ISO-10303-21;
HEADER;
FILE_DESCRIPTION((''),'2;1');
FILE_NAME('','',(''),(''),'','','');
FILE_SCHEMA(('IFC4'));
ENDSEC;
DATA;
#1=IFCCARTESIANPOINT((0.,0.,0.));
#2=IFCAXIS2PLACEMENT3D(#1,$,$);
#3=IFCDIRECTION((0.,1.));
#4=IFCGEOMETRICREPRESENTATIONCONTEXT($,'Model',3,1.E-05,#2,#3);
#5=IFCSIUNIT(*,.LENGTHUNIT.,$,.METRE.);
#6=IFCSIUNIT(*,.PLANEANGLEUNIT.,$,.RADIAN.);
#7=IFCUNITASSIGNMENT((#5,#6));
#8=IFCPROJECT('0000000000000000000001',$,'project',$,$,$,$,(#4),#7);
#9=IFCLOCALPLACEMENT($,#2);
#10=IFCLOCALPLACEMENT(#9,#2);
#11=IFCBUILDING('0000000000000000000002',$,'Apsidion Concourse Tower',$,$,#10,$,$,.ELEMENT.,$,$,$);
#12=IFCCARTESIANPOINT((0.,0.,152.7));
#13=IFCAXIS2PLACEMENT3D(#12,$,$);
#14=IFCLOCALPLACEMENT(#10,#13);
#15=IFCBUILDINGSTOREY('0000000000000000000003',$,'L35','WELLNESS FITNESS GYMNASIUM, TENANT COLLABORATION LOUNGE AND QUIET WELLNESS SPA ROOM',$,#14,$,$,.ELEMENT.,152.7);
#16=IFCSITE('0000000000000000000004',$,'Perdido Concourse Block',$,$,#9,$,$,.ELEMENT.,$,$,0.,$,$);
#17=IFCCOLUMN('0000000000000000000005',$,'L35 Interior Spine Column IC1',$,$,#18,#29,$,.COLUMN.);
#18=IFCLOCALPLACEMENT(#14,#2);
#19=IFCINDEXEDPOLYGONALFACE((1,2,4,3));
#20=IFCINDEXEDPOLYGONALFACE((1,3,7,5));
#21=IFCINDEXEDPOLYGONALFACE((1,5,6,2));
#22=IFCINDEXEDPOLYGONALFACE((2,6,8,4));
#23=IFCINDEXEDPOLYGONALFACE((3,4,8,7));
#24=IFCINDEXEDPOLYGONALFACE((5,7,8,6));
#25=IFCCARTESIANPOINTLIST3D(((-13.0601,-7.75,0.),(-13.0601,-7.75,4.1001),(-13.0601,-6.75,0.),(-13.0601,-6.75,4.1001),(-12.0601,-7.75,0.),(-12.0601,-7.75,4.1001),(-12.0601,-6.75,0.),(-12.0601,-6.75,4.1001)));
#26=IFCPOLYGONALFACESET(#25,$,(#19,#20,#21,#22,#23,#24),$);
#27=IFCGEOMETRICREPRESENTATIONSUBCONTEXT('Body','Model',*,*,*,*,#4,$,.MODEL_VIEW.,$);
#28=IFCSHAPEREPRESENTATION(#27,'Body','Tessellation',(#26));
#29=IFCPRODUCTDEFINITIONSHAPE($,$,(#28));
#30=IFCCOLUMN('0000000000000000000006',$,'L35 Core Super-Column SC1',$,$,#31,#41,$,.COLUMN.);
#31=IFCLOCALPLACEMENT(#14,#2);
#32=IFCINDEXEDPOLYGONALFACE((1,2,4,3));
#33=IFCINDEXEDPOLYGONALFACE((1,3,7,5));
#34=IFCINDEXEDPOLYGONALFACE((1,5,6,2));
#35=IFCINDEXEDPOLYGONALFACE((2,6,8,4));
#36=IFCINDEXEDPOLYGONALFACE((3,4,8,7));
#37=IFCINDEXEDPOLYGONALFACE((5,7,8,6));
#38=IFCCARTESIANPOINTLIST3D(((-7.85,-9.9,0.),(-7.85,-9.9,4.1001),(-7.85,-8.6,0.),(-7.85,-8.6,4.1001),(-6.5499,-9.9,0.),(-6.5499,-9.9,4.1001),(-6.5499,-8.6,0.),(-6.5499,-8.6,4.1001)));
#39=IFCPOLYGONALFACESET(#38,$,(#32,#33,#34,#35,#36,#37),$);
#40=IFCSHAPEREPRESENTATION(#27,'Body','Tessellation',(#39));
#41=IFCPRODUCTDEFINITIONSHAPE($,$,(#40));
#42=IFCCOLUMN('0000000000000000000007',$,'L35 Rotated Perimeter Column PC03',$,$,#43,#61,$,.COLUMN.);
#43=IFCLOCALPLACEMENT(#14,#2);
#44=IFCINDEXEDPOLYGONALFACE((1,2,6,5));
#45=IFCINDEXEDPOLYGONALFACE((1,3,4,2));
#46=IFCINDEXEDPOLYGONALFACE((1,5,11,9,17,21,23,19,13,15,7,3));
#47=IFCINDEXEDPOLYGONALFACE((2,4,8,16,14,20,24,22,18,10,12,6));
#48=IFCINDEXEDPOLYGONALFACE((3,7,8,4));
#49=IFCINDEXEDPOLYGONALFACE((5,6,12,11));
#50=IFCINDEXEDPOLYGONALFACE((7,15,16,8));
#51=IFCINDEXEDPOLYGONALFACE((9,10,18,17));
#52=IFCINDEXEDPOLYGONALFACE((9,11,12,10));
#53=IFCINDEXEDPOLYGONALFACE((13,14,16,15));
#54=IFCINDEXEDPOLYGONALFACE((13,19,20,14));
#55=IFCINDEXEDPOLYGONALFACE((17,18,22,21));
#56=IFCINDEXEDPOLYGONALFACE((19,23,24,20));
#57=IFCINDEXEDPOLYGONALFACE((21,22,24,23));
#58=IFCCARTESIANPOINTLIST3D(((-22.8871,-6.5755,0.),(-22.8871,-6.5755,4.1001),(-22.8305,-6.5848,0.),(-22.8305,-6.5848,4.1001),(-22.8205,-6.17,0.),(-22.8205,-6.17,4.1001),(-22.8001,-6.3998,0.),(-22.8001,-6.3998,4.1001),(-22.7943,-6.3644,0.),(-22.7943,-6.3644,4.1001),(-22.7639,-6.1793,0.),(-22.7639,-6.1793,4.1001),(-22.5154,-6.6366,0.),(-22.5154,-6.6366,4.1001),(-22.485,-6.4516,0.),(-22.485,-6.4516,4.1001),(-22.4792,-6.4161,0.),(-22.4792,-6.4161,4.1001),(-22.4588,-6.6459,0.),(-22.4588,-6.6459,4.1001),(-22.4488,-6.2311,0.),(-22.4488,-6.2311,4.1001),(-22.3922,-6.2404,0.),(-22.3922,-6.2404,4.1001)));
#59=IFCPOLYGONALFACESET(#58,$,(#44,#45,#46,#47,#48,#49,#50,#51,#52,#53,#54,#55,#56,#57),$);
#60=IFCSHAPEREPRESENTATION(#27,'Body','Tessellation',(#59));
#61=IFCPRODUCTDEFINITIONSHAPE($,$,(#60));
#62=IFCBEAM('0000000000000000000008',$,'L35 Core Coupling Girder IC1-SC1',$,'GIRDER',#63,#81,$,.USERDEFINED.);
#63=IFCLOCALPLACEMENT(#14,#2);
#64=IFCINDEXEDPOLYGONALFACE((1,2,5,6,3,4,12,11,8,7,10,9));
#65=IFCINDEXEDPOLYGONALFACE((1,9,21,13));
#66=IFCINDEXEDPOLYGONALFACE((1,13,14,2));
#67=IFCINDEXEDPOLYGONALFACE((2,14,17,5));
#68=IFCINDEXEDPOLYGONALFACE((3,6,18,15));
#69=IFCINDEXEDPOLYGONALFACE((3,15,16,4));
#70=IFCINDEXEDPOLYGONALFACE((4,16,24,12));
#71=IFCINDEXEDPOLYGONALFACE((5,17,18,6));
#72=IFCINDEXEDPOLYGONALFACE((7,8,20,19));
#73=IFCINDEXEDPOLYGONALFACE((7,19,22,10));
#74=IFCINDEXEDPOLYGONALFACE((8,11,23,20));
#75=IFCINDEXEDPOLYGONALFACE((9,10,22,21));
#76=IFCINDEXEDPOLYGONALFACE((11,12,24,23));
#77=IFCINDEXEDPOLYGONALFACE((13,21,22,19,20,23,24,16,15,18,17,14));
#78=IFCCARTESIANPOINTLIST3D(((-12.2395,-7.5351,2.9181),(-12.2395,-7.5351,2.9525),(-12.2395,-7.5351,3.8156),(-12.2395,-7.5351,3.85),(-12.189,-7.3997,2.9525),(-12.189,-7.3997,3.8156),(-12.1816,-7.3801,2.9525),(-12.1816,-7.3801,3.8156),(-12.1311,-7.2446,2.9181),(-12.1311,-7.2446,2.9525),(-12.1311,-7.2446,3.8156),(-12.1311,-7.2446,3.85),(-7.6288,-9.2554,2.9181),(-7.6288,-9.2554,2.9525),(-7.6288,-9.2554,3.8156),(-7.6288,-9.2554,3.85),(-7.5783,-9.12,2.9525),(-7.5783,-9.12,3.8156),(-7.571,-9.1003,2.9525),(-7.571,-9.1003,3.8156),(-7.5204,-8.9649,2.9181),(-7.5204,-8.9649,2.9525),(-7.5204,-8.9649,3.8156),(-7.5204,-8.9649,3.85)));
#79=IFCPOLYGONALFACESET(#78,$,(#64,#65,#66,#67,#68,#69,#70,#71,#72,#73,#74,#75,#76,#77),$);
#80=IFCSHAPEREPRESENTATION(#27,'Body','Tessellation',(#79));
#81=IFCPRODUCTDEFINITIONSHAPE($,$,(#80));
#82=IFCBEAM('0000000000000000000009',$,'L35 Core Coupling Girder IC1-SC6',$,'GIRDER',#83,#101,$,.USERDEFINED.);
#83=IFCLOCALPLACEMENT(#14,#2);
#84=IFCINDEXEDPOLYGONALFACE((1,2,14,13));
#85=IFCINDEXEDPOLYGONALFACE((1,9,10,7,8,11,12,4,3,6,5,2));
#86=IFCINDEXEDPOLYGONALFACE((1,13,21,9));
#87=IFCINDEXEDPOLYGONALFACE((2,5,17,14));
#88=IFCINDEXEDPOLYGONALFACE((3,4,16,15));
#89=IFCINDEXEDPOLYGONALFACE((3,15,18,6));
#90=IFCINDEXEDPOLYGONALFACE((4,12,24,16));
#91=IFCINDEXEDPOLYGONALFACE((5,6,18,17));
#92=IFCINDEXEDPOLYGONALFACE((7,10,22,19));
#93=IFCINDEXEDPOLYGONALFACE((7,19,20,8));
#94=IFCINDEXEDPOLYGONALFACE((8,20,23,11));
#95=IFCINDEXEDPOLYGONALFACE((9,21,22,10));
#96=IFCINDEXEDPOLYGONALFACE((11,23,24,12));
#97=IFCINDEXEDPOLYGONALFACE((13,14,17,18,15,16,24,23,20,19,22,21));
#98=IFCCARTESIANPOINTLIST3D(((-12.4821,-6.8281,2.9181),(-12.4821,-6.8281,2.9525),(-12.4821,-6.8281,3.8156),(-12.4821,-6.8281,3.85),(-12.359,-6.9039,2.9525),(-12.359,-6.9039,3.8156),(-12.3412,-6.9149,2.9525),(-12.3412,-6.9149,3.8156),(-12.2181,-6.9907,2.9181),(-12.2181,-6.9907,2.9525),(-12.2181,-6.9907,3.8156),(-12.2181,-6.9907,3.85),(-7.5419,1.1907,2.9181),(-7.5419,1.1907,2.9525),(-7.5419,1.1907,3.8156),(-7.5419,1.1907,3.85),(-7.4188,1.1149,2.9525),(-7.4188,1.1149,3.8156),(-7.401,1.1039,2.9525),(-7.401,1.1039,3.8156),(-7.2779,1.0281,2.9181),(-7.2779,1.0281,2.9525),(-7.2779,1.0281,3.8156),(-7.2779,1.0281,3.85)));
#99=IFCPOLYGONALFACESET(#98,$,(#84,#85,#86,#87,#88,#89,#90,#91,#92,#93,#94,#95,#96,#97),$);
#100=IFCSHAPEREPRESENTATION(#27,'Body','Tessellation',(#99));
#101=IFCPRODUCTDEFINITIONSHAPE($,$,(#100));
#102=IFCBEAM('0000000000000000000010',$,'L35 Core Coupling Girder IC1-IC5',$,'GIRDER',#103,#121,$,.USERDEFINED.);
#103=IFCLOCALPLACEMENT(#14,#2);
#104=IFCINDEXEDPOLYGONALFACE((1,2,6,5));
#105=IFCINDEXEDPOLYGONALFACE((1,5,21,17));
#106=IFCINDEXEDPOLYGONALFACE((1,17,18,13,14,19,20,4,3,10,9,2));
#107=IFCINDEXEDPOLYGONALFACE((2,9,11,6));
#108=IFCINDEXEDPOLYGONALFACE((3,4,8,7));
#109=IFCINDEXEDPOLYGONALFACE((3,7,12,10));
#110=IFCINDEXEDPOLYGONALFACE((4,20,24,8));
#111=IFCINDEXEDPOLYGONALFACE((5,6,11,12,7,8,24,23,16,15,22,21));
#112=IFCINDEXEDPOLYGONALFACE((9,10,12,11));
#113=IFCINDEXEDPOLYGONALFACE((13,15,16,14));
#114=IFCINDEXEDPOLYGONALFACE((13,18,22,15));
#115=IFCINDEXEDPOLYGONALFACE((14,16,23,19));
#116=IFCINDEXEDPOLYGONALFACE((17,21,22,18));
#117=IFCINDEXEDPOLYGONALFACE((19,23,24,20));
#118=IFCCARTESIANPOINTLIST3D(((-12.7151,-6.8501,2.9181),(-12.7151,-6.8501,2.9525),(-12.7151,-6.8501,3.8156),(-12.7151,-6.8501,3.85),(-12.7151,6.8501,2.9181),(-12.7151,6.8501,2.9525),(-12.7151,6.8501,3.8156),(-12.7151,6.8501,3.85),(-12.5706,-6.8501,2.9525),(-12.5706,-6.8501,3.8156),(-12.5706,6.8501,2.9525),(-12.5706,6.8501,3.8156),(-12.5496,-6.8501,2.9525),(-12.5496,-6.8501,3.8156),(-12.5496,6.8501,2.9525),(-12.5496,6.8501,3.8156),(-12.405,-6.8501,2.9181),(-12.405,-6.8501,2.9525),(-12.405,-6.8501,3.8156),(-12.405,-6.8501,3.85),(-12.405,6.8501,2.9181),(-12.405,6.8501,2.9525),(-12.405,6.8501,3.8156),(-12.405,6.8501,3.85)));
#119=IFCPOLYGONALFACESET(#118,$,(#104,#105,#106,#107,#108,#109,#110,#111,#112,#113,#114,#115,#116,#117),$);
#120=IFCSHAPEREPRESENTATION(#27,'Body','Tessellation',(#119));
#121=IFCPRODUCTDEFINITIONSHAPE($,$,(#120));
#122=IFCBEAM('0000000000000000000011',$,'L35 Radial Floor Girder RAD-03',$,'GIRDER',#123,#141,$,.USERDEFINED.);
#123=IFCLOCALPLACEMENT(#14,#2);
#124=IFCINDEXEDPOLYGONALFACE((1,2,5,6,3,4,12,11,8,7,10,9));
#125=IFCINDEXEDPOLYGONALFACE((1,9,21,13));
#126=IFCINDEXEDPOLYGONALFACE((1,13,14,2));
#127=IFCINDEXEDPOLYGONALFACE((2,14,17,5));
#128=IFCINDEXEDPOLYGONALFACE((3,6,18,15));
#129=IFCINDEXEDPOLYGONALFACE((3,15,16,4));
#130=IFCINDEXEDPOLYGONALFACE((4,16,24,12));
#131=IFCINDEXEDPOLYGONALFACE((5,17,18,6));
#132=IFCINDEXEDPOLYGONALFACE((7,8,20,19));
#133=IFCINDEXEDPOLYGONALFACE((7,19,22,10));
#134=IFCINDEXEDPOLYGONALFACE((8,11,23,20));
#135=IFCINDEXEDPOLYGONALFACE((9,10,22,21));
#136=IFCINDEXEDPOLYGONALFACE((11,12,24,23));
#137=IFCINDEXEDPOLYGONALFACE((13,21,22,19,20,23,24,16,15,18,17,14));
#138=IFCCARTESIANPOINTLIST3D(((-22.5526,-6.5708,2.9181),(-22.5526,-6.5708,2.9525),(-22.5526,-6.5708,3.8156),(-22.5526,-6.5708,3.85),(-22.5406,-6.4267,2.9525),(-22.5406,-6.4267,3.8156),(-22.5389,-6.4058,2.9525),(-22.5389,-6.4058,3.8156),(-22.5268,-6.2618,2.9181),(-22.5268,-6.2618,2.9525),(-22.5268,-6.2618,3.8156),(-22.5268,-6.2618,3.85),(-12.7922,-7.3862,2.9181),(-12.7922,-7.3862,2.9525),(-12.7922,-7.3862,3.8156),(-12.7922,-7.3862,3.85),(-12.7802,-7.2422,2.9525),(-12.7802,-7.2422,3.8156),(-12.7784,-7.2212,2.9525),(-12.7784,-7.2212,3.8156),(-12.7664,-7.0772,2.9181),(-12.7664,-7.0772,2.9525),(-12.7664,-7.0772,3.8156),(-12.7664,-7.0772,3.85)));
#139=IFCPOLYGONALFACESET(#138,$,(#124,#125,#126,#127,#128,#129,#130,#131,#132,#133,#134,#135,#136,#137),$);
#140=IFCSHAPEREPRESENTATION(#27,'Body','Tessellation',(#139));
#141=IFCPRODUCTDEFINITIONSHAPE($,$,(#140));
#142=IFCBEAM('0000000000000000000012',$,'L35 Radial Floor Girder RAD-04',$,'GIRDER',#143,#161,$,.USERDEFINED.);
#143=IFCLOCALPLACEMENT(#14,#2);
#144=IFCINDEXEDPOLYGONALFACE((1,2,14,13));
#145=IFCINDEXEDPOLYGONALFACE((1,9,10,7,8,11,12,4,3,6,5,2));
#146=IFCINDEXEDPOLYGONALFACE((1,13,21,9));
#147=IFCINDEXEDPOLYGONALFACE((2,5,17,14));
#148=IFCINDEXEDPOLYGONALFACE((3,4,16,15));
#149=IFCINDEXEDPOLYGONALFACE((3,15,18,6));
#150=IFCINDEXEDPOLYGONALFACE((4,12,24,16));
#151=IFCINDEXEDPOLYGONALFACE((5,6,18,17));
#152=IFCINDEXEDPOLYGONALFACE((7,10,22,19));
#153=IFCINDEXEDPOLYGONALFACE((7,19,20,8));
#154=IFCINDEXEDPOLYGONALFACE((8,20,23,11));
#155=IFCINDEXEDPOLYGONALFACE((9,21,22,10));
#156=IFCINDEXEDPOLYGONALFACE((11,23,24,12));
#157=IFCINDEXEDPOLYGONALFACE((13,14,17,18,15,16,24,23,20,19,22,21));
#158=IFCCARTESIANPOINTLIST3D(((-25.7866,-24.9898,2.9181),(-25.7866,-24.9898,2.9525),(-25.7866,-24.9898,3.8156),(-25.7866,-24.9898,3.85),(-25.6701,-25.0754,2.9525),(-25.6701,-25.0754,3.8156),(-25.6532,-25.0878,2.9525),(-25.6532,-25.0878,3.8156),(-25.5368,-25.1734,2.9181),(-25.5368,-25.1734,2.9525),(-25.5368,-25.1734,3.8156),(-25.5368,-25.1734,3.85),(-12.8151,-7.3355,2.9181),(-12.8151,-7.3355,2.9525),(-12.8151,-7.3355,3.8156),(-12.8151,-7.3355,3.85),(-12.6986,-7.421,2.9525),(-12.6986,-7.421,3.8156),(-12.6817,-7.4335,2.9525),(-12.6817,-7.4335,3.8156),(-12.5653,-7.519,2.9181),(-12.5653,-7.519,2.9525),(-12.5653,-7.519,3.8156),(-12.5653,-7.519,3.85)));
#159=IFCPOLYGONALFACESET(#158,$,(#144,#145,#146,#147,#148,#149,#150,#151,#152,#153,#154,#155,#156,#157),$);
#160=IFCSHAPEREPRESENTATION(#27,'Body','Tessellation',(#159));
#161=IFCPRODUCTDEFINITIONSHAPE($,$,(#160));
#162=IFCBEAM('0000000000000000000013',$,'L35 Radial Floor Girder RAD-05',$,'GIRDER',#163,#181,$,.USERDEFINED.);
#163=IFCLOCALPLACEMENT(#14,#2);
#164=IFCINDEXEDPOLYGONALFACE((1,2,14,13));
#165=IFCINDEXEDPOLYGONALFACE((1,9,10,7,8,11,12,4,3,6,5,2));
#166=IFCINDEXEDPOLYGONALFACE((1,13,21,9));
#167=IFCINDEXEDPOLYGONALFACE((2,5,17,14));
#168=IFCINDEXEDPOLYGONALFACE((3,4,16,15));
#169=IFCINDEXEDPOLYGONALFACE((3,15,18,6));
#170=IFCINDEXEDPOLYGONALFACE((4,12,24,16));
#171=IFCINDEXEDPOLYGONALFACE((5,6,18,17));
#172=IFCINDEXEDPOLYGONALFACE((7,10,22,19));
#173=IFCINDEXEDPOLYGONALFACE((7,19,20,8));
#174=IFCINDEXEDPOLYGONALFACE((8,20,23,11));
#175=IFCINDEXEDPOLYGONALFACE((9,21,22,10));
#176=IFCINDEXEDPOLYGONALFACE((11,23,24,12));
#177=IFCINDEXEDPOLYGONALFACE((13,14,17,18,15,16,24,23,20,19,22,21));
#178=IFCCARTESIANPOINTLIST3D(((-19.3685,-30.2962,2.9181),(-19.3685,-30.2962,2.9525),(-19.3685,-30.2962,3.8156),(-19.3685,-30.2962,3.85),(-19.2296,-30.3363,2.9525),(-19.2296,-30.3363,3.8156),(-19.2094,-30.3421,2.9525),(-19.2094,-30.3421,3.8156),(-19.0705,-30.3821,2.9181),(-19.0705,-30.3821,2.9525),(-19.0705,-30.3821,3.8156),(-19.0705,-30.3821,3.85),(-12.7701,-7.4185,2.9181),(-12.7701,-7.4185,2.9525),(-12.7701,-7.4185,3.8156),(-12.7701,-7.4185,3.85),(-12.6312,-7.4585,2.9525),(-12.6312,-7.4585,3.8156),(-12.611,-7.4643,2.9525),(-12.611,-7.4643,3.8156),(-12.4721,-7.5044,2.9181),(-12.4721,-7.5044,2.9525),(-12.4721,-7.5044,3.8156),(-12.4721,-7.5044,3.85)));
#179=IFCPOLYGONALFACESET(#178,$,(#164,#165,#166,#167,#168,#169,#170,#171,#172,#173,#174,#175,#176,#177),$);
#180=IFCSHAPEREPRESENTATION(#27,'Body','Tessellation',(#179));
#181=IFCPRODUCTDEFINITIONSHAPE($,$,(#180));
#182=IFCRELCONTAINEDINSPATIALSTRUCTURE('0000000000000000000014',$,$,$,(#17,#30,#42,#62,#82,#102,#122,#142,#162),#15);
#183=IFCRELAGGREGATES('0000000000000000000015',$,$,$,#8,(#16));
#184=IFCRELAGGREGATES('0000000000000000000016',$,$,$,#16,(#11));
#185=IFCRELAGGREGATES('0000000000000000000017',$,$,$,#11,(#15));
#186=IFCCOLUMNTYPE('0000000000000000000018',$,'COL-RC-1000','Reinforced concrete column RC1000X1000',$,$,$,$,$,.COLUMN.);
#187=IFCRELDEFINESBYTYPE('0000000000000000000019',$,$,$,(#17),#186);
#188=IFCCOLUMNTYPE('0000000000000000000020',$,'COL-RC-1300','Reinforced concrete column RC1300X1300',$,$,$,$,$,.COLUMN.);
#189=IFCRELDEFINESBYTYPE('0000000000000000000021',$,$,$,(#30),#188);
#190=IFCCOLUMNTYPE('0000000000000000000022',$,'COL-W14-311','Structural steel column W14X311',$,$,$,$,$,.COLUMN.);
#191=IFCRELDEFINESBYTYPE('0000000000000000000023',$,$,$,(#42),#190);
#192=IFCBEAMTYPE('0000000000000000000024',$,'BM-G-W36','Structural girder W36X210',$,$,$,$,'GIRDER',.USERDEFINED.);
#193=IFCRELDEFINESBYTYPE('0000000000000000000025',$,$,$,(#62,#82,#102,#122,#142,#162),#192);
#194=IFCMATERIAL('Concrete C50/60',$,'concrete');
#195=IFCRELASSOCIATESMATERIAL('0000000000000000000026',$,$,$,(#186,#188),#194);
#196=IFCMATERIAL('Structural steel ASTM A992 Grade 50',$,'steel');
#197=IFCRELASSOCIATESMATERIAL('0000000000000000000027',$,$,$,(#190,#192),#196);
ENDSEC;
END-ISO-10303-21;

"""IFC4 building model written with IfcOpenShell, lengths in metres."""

from ifc_helpers import new_model, si_unit, direction, frame, origin, origin_2d, place, context, subcontext, project, spatial, rectangle, i_section, extrude, material, material_profile, profile_set, type_object, element, save


model = new_model("IFC4")

# Units and contexts
model_context = context("Model", 3, precision=1e-05, world=origin(), true_north=direction((0.0, 1.0)))
body_context = subcontext(model_context, "Body", "Model", "MODEL_VIEW")
ifc_project = project(units=[si_unit("LENGTHUNIT", "METRE"), si_unit("PLANEANGLEUNIT", "RADIAN")], contexts=[model_context])

# Site, building, storey
site_placement = place(None, origin())
site = spatial("IfcSite", under=ifc_project, at=site_placement, Name="Perdido Concourse Block", CompositionType="ELEMENT", RefElevation=0.0)
building_placement = place(site_placement, origin())
building = spatial("IfcBuilding", under=site, at=building_placement, Name="Apsidion Concourse Tower", CompositionType="ELEMENT")
storey_placement = place(building_placement, frame((0.0, 0.0, 152.7)))
storey = spatial("IfcBuildingStorey", under=building, at=storey_placement, Name="L35", Description="WELLNESS FITNESS GYMNASIUM, TENANT COLLABORATION LOUNGE AND QUIET WELLNESS SPA ROOM", CompositionType="ELEMENT", Elevation=152.7)

# Columns
ifc_material_1 = material(Name="Concrete C50/60", Category="concrete")
ifc_material_profile_1 = material_profile(ifc_material_1, rectangle(XDim=1.0, YDim=1.0, at=origin_2d()), Name="RC 1000x1000")
ifc_profile_set_1 = profile_set([ifc_material_profile_1], Name="Concrete C50/60")
column_type_1 = type_object("IfcColumnType", Name="COL-RC-1000", Description="Reinforced concrete column RC1000X1000", PredefinedType="COLUMN", material=ifc_profile_set_1)
column_1_placement = place(storey_placement, frame((-12.5601, -7.25, 0.0), z_axis=(0.0, 0.0, 1.0), x_axis=(1.0, 0.0, 0.0)))
element("IfcColumn", 1, at=column_1_placement, inside=storey, type_object=column_type_1, Name="L35 Interior Spine Column IC1", PredefinedType="COLUMN", context=body_context, shape_type="SweptSolid", body=[
    extrude(rectangle(XDim=1.0, YDim=1.0, at=origin_2d()), origin(), (0.0, 0.0, 1.0), 4.1001),
])
ifc_material_profile_2 = material_profile(ifc_material_1, rectangle(XDim=1.3, YDim=1.3, at=origin_2d()), Name="RC 1300x1300")
ifc_profile_set_2 = profile_set([ifc_material_profile_2], Name="Concrete C50/60")
column_type_2 = type_object("IfcColumnType", Name="COL-RC-1300", Description="Reinforced concrete column RC1300X1300", PredefinedType="COLUMN", material=ifc_profile_set_2)
column_2_placement = place(storey_placement, frame((-7.2, -9.25, 0.0), z_axis=(0.0, 0.0, 1.0), x_axis=(1.0, 0.0, 0.0)))
element("IfcColumn", 2, at=column_2_placement, inside=storey, type_object=column_type_2, Name="L35 Core Super-Column SC1", PredefinedType="COLUMN", context=body_context, shape_type="SweptSolid", body=[
    extrude(rectangle(XDim=1.3, YDim=1.3, at=origin_2d()), origin(), (0.0, 0.0, 1.0), 4.1001),
])
ifc_material_2 = material(Name="Structural steel ASTM A992 Grade 50", Category="steel")
ifc_material_profile_3 = material_profile(ifc_material_2, i_section(OverallWidth=0.4109, OverallDepth=0.4341, WebThickness=0.0359, FlangeThickness=0.0574, at=origin_2d()), Name="W14X311")
ifc_profile_set_3 = profile_set([ifc_material_profile_3], Name="Structural steel ASTM A992 Grade 50")
column_type_3 = type_object("IfcColumnType", Name="COL-W14-311", Description="Structural steel column W14X311", PredefinedType="COLUMN", material=ifc_profile_set_3)
column_3_placement = place(storey_placement, frame((-22.6396, -6.408, 0.0), z_axis=(0.0, 0.0, 1.0), x_axis=(0.162121, 0.986771, 0.0)))
element("IfcColumn", 3, at=column_3_placement, inside=storey, type_object=column_type_3, Name="L35 Rotated Perimeter Column PC03", PredefinedType="COLUMN", context=body_context, shape_type="SweptSolid", body=[
    extrude(i_section(OverallWidth=0.4109, OverallDepth=0.4341, WebThickness=0.0359, FlangeThickness=0.0574, at=origin_2d()), origin(), (0.0, 0.0, 1.0), 4.1001),
])

# Beams
ifc_material_profile_4 = material_profile(ifc_material_2, i_section(OverallWidth=0.3101, OverallDepth=0.9319, WebThickness=0.021, FlangeThickness=0.0344, at=origin_2d()), Name="W36X210")
ifc_profile_set_4 = profile_set([ifc_material_profile_4], Name="Structural steel ASTM A992 Grade 50")
beam_type_1 = type_object("IfcBeamType", Name="BM-G-W36", Description="Structural girder W36X210", ElementType="GIRDER", PredefinedType="USERDEFINED", material=ifc_profile_set_4)
beam_1_placement = place(storey_placement, frame((-12.1853, -7.3899, 3.384), z_axis=(0.936913, -0.349563, 0.0), x_axis=(0.349563, 0.936913, 0.0)))
element("IfcBeam", 4, at=beam_1_placement, inside=storey, type_object=beam_type_1, Name="L35 Core Coupling Girder IC1-SC1", ObjectType="GIRDER", PredefinedType="USERDEFINED", context=body_context, shape_type="SweptSolid", body=[
    extrude(i_section(OverallWidth=0.3101, OverallDepth=0.9319, WebThickness=0.021, FlangeThickness=0.0344, at=origin_2d()), origin(), (0.0, 0.0, 1.0), 4.9211),
])
beam_2_placement = place(storey_placement, frame((-12.3501, -6.9094, 3.384), z_axis=(0.524524, 0.851396, 0.0), x_axis=(-0.851396, 0.524524, 0.0)))
element("IfcBeam", 5, at=beam_2_placement, inside=storey, type_object=beam_type_1, Name="L35 Core Coupling Girder IC1-SC6", ObjectType="GIRDER", PredefinedType="USERDEFINED", context=body_context, shape_type="SweptSolid", body=[
    extrude(i_section(OverallWidth=0.3101, OverallDepth=0.9319, WebThickness=0.021, FlangeThickness=0.0344, at=origin_2d()), origin(), (0.0, 0.0, 1.0), 9.4185),
])
beam_3_placement = place(storey_placement, frame((-12.5601, -6.8501, 3.384), z_axis=(0.0, 1.0, 0.0), x_axis=(-1.0, 0.0, 0.0)))
element("IfcBeam", 6, at=beam_3_placement, inside=storey, type_object=beam_type_1, Name="L35 Core Coupling Girder IC1-IC5", ObjectType="GIRDER", PredefinedType="USERDEFINED", context=body_context, shape_type="SweptSolid", body=[
    extrude(i_section(OverallWidth=0.3101, OverallDepth=0.9319, WebThickness=0.021, FlangeThickness=0.0344, at=origin_2d()), origin(), (0.0, 0.0, 1.0), 13.7002),
])
beam_4_placement = place(storey_placement, frame((-12.7793, -7.2317, 3.384), z_axis=(-0.996528, 0.083254, 0.0), x_axis=(-0.083254, -0.996528, 0.0)))
element("IfcBeam", 7, at=beam_4_placement, inside=storey, type_object=beam_type_1, Name="L35 Radial Floor Girder RAD-03", ObjectType="GIRDER", PredefinedType="USERDEFINED", context=body_context, shape_type="SweptSolid", body=[
    extrude(i_section(OverallWidth=0.3101, OverallDepth=0.9319, WebThickness=0.021, FlangeThickness=0.0344, at=origin_2d()), origin(), (0.0, 0.0, 1.0), 9.7944),
])
beam_5_placement = place(storey_placement, frame((-12.6902, -7.4272, 3.384), z_axis=(-0.592104, -0.805862, 0.0), x_axis=(0.805862, -0.592104, 0.0)))
element("IfcBeam", 8, at=beam_5_placement, inside=storey, type_object=beam_type_1, Name="L35 Radial Floor Girder RAD-04", ObjectType="GIRDER", PredefinedType="USERDEFINED", context=body_context, shape_type="SweptSolid", body=[
    extrude(i_section(OverallWidth=0.3101, OverallDepth=0.9319, WebThickness=0.021, FlangeThickness=0.0344, at=origin_2d()), origin(), (0.0, 0.0, 1.0), 21.9075),
])
beam_6_placement = place(storey_placement, frame((-12.6211, -7.4614, 3.384), z_axis=(-0.277124, -0.960834, 0.0), x_axis=(0.960834, -0.277124, 0.0)))
element("IfcBeam", 9, at=beam_6_placement, inside=storey, type_object=beam_type_1, Name="L35 Radial Floor Girder RAD-05", ObjectType="GIRDER", PredefinedType="USERDEFINED", context=body_context, shape_type="SweptSolid", body=[
    extrude(i_section(OverallWidth=0.3101, OverallDepth=0.9319, WebThickness=0.021, FlangeThickness=0.0344, at=origin_2d()), origin(), (0.0, 0.0, 1.0), 23.8103),
])

save(model, "model.ifc")
